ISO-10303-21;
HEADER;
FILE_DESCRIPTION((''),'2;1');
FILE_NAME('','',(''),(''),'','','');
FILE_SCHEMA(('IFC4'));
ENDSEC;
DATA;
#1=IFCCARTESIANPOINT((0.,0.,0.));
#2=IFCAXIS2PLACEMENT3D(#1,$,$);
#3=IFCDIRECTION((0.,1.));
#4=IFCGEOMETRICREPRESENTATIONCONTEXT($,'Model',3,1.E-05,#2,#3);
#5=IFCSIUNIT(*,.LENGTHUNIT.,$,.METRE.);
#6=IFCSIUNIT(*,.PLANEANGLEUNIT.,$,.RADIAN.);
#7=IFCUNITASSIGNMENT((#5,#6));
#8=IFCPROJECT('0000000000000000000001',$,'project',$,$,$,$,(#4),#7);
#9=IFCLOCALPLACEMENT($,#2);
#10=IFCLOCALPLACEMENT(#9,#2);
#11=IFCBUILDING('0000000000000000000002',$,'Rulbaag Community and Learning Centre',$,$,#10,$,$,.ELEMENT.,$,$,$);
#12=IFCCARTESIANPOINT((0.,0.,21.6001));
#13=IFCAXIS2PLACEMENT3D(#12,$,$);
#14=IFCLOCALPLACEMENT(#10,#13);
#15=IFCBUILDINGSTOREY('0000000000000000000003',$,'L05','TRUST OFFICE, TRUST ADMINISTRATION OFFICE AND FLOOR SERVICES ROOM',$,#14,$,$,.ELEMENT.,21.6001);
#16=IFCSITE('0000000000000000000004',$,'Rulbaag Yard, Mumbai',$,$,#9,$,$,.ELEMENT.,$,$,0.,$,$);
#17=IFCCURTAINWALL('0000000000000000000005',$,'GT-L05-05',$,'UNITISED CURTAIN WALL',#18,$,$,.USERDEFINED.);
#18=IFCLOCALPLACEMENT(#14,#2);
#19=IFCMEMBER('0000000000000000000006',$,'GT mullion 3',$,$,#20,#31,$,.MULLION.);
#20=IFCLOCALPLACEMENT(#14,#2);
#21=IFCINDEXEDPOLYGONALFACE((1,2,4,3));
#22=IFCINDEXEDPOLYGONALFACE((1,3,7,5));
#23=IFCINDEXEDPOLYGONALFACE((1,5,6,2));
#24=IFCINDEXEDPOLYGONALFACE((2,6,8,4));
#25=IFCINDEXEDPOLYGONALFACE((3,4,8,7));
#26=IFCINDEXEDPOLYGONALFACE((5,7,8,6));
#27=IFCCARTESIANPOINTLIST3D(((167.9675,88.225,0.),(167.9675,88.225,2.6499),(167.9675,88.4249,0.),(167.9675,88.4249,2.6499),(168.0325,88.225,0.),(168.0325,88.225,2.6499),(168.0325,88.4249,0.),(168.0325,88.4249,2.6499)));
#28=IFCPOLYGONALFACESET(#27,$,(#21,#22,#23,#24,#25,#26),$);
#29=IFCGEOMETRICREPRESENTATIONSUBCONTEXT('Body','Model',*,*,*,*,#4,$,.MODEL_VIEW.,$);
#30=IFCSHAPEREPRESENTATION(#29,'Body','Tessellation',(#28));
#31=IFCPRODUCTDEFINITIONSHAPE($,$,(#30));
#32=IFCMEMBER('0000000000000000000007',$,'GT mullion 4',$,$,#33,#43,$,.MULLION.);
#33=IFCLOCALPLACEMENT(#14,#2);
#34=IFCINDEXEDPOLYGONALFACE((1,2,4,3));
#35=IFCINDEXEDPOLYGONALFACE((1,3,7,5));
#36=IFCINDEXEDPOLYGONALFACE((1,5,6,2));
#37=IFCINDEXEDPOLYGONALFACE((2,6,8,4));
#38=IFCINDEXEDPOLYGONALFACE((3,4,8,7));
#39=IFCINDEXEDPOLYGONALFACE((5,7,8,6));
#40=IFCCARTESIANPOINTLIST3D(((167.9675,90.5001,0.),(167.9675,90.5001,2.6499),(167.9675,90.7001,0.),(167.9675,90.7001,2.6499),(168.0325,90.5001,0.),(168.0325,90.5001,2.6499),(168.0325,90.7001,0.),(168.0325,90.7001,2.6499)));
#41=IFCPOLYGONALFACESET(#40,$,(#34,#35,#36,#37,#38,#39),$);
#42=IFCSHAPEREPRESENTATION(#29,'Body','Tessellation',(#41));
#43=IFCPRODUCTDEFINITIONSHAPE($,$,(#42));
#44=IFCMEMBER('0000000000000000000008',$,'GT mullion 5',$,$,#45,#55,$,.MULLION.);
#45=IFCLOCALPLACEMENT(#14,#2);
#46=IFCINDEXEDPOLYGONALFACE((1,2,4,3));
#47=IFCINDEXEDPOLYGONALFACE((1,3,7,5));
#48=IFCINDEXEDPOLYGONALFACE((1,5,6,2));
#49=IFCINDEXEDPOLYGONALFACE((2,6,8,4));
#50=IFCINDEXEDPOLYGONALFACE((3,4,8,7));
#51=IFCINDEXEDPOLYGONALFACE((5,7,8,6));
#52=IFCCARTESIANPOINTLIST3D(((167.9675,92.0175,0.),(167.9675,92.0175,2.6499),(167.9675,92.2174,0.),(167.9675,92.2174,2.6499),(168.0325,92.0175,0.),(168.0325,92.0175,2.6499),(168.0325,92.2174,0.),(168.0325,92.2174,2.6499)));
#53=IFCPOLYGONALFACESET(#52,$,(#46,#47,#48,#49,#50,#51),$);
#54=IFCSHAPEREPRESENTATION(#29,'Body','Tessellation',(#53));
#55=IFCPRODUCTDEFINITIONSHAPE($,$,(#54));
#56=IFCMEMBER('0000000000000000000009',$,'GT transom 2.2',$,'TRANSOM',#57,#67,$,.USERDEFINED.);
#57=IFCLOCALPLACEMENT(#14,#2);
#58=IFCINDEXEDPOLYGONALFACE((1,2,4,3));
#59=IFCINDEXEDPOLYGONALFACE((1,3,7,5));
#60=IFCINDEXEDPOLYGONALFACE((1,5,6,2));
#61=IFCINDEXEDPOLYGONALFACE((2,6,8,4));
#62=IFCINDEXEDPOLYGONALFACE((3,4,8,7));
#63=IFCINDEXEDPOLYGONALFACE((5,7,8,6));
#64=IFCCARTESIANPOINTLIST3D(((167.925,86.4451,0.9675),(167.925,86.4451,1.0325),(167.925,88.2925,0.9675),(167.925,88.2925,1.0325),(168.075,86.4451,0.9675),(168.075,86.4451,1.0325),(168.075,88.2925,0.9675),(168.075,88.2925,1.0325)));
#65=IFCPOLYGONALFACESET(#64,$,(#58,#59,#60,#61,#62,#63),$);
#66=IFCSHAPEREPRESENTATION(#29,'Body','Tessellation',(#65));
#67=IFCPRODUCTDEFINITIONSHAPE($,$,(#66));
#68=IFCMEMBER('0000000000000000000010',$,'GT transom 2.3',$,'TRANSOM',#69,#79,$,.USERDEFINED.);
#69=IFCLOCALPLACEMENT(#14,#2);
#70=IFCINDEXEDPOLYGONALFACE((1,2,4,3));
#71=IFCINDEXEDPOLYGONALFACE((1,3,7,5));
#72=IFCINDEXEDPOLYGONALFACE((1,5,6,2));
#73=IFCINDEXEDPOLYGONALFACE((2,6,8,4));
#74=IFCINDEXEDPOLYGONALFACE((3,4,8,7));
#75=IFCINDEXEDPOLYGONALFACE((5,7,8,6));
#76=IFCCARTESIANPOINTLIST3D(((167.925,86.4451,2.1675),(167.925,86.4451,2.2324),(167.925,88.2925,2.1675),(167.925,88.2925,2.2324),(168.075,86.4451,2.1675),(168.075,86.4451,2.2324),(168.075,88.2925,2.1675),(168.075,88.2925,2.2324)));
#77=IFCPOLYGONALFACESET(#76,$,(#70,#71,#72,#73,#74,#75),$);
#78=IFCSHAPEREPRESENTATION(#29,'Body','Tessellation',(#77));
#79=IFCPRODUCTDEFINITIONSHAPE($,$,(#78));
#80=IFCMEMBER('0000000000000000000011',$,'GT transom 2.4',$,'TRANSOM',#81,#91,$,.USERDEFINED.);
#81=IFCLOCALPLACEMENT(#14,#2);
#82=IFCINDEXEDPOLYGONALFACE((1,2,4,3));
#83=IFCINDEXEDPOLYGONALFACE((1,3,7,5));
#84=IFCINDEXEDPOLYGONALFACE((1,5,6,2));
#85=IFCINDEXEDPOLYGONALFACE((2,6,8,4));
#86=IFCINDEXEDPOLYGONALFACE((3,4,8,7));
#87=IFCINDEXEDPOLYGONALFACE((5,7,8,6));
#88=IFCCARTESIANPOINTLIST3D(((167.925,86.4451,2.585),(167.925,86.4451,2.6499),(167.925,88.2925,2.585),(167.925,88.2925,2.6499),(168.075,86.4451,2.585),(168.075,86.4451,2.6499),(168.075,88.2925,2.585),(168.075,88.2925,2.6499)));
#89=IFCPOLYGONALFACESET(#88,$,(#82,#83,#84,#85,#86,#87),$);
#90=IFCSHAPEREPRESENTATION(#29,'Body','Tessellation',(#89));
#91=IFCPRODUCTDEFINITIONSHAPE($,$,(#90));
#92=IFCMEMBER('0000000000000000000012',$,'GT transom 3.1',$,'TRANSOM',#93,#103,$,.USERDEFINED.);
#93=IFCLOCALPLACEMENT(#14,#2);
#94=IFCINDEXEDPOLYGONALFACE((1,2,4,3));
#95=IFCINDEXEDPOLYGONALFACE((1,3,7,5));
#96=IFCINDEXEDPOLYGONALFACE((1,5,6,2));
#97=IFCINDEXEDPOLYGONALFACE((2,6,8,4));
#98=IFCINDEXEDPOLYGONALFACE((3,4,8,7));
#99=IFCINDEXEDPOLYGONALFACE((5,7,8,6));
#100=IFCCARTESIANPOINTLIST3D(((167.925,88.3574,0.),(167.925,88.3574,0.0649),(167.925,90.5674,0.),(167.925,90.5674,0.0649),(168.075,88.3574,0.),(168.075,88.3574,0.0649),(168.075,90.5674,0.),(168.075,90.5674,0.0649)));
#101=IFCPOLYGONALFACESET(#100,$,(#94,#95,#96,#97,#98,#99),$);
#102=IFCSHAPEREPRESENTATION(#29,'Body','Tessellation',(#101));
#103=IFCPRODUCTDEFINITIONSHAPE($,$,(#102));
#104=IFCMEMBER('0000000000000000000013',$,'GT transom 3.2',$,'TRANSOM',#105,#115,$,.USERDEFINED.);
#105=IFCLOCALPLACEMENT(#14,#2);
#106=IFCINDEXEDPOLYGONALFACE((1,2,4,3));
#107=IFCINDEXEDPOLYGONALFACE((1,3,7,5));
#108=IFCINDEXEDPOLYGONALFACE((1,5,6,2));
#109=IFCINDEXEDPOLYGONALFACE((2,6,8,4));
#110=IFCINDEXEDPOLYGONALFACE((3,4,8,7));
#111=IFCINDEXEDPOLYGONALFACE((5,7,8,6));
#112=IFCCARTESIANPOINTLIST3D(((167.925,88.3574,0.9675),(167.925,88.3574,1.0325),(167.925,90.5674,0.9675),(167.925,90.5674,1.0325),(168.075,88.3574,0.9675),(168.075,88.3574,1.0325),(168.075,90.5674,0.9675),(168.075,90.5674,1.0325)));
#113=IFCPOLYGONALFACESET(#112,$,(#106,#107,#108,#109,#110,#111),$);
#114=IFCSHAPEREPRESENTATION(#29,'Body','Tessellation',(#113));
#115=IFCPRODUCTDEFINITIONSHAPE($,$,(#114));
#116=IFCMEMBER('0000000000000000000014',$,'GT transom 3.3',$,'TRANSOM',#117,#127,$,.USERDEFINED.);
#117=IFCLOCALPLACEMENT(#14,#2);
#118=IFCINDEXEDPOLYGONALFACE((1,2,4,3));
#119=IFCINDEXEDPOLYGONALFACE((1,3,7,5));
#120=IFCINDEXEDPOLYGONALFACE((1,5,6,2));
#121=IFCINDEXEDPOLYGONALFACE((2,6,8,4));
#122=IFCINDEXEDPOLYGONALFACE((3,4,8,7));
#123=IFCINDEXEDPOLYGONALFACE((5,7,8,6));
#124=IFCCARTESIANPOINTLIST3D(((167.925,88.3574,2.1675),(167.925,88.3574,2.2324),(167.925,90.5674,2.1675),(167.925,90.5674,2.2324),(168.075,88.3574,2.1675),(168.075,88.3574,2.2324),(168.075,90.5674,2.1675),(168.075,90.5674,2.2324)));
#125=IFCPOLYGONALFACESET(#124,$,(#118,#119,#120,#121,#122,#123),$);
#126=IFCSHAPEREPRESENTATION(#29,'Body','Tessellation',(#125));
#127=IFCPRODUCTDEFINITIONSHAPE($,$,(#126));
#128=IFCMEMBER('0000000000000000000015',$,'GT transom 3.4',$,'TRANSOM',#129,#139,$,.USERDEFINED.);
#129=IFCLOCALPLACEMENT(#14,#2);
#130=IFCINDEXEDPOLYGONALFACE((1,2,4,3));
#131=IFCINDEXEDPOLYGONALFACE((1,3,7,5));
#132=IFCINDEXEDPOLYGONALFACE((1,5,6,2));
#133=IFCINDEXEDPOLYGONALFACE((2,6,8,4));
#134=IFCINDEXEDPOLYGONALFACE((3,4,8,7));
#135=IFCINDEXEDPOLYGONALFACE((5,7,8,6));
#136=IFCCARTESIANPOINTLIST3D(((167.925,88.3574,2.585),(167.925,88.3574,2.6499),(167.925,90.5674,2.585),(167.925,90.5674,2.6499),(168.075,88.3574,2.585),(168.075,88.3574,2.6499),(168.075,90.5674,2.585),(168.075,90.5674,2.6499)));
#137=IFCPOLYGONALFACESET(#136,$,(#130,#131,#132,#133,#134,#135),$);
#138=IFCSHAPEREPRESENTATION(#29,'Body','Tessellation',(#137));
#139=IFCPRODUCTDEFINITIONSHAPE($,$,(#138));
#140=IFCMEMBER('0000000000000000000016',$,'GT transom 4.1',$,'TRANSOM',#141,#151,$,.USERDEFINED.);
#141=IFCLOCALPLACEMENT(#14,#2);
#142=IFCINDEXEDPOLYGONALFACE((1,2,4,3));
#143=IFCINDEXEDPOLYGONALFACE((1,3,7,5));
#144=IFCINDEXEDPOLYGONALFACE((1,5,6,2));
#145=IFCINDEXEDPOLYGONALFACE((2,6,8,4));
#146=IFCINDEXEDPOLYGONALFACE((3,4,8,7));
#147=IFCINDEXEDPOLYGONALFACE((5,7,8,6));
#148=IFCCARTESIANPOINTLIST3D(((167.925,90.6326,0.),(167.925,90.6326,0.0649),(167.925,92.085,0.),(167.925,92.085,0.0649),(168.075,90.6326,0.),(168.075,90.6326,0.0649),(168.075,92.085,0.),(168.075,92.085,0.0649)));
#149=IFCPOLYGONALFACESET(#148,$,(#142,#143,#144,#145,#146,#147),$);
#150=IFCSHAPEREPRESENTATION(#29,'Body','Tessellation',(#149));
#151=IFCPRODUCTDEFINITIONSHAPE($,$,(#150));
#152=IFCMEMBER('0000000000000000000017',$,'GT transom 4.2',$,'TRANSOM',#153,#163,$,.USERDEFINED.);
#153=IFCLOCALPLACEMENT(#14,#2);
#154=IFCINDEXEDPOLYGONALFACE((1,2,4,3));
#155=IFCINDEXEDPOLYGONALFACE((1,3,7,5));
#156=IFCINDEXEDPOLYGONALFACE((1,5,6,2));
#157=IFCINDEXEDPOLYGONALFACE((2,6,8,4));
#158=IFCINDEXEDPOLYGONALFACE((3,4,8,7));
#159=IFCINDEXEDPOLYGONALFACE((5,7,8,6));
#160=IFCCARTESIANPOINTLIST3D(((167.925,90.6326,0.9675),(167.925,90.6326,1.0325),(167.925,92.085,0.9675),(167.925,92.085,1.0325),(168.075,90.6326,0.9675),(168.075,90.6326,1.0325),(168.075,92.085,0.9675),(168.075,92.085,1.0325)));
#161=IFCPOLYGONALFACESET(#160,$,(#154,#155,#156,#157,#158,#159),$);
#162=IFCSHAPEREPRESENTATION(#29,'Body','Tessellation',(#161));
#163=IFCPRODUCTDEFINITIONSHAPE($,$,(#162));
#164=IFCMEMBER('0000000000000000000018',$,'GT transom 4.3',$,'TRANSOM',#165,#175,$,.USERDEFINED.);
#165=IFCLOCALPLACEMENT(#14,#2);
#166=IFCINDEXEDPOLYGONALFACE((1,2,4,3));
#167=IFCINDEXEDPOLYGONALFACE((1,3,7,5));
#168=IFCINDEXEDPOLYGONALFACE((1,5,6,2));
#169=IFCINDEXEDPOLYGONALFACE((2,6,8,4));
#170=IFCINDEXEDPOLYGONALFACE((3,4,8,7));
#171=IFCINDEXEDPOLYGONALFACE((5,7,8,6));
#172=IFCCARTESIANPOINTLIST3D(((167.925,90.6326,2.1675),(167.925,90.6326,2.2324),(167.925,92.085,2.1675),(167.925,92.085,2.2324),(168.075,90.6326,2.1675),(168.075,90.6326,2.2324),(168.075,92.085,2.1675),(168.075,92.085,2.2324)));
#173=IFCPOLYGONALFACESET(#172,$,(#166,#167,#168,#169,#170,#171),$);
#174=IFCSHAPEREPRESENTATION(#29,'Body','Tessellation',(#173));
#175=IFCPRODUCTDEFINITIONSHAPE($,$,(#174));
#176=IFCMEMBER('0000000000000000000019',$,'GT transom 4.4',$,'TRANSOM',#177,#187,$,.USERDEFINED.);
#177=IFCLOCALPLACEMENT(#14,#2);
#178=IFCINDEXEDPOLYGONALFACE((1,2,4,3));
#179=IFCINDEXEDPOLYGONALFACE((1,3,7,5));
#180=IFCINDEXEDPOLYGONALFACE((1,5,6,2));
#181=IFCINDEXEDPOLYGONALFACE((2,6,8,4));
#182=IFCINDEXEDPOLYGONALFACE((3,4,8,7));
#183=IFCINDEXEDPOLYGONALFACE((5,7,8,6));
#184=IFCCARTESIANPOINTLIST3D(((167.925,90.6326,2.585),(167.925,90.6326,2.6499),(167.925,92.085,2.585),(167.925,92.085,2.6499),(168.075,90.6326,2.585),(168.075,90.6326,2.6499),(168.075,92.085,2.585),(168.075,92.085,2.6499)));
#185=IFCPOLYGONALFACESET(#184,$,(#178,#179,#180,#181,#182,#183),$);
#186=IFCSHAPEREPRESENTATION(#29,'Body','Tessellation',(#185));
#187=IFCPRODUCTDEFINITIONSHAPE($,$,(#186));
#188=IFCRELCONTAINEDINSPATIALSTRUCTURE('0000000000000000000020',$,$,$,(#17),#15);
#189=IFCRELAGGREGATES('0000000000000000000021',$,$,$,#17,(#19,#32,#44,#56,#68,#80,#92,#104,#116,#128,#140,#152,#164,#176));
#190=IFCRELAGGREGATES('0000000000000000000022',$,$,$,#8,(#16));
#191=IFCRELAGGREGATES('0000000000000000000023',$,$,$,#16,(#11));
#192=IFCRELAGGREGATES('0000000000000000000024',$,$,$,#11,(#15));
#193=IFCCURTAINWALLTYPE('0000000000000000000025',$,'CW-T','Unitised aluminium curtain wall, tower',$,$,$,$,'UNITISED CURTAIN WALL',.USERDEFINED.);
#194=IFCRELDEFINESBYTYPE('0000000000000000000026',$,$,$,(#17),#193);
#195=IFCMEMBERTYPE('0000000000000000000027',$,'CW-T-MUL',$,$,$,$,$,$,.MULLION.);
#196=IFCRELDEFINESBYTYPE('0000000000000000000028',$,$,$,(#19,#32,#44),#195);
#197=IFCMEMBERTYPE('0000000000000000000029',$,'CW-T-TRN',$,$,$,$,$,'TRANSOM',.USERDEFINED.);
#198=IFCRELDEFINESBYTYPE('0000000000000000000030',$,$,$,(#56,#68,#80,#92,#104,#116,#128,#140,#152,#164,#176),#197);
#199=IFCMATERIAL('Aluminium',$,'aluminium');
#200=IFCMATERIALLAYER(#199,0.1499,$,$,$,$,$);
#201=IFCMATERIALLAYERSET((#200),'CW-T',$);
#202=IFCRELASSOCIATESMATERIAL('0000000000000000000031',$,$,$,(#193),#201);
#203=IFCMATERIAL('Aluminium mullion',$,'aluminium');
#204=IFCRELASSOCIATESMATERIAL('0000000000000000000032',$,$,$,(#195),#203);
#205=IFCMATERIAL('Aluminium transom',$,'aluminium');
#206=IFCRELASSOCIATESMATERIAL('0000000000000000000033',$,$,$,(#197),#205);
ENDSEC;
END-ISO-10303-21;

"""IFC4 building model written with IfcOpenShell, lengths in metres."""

from ifc_helpers import new_model, si_unit, direction, frame, origin, origin_2d, place, context, subcontext, project, spatial, rectangle, extrude, material, layer, layer_set, material_profile, profile_set, type_object, element, aggregate, save


model = new_model("IFC4")

# Units and contexts
model_context = context("Model", 3, precision=1e-05, world=origin(), true_north=direction((0.0, 1.0)))
body_context = subcontext(model_context, "Body", "Model", "MODEL_VIEW")
ifc_project = project(units=[si_unit("LENGTHUNIT", "METRE"), si_unit("PLANEANGLEUNIT", "RADIAN")], contexts=[model_context])

# Site, building, storey
site_placement = place(None, origin())
site = spatial("IfcSite", under=ifc_project, at=site_placement, Name="Rulbaag Yard, Mumbai", CompositionType="ELEMENT", RefElevation=0.0)
building_placement = place(site_placement, origin())
building = spatial("IfcBuilding", under=site, at=building_placement, Name="Rulbaag Community and Learning Centre", CompositionType="ELEMENT")
storey_placement = place(building_placement, frame((0.0, 0.0, 21.6001)))
storey = spatial("IfcBuildingStorey", under=building, at=storey_placement, Name="L05", Description="TRUST OFFICE, TRUST ADMINISTRATION OFFICE AND FLOOR SERVICES ROOM", CompositionType="ELEMENT", Elevation=21.6001)

# Curtain wall, members
ifc_material_1 = material(Name="Aluminium", Category="aluminium")
ifc_layer_1 = layer(ifc_material_1, 0.1499)
ifc_layer_set_1 = layer_set([ifc_layer_1], Name="CW-T")
curtain_wall_type = type_object("IfcCurtainWallType", Name="CW-T", Description="Unitised aluminium curtain wall, tower", ElementType="UNITISED CURTAIN WALL", PredefinedType="USERDEFINED", material=ifc_layer_set_1)
curtain_wall_placement = place(storey_placement, origin())
curtain_wall = element("IfcCurtainWall", 1, at=curtain_wall_placement, inside=storey, type_object=curtain_wall_type, Name="GT-L05-05", ObjectType="UNITISED CURTAIN WALL", PredefinedType="USERDEFINED")
ifc_material_2 = material(Name="Aluminium mullion", Category="aluminium")
ifc_material_profile_1 = material_profile(ifc_material_2, rectangle(XDim=0.0649, YDim=0.2, at=origin_2d()), Name="AL 65x200")
ifc_profile_set_1 = profile_set([ifc_material_profile_1], Name="Aluminium mullion")
member_type_1 = type_object("IfcMemberType", Name="CW-T-MUL", PredefinedType="MULLION", material=ifc_profile_set_1)
member_1_placement = place(storey_placement, frame((168.0, 88.325, 0.0), z_axis=(0.0, 0.0, 1.0), x_axis=(-1.0, 0.0, 0.0)))
member_1 = element("IfcMember", 2, at=member_1_placement, type_object=member_type_1, Name="GT mullion 3", PredefinedType="MULLION", context=body_context, shape_type="SweptSolid", body=[
    extrude(rectangle(XDim=0.0649, YDim=0.2, at=origin_2d()), origin(), (0.0, 0.0, 1.0), 2.6499),
])
member_2_placement = place(storey_placement, frame((168.0, 90.6001, 0.0), z_axis=(0.0, 0.0, 1.0), x_axis=(-1.0, 0.0, 0.0)))
member_2 = element("IfcMember", 3, at=member_2_placement, type_object=member_type_1, Name="GT mullion 4", PredefinedType="MULLION", context=body_context, shape_type="SweptSolid", body=[
    extrude(rectangle(XDim=0.0649, YDim=0.2, at=origin_2d()), origin(), (0.0, 0.0, 1.0), 2.6499),
])
member_3_placement = place(storey_placement, frame((168.0, 92.1174, 0.0), z_axis=(0.0, 0.0, 1.0), x_axis=(-1.0, 0.0, 0.0)))
member_3 = element("IfcMember", 4, at=member_3_placement, type_object=member_type_1, Name="GT mullion 5", PredefinedType="MULLION", context=body_context, shape_type="SweptSolid", body=[
    extrude(rectangle(XDim=0.0649, YDim=0.2, at=origin_2d()), origin(), (0.0, 0.0, 1.0), 2.6499),
])
ifc_material_3 = material(Name="Aluminium transom", Category="aluminium")
ifc_material_profile_2 = material_profile(ifc_material_3, rectangle(XDim=0.1499, YDim=0.0649, at=origin_2d()), Name="AL 65x150 T")
ifc_profile_set_2 = profile_set([ifc_material_profile_2], Name="Aluminium transom")
member_type_2 = type_object("IfcMemberType", Name="CW-T-TRN", ElementType="TRANSOM", PredefinedType="USERDEFINED", material=ifc_profile_set_2)
member_4_placement = place(storey_placement, frame((168.0, 86.4451, 1.0), z_axis=(0.0, 1.0, 0.0), x_axis=(-1.0, 0.0, 0.0)))
member_4 = element("IfcMember", 5, at=member_4_placement, type_object=member_type_2, Name="GT transom 2.2", ObjectType="TRANSOM", PredefinedType="USERDEFINED", context=body_context, shape_type="SweptSolid", body=[
    extrude(rectangle(XDim=0.1499, YDim=0.0649, at=origin_2d()), origin(), (0.0, 0.0, 1.0), 1.8474),
])
member_5_placement = place(storey_placement, frame((168.0, 86.4451, 2.2), z_axis=(0.0, 1.0, 0.0), x_axis=(-1.0, 0.0, 0.0)))
member_5 = element("IfcMember", 6, at=member_5_placement, type_object=member_type_2, Name="GT transom 2.3", ObjectType="TRANSOM", PredefinedType="USERDEFINED", context=body_context, shape_type="SweptSolid", body=[
    extrude(rectangle(XDim=0.1499, YDim=0.0649, at=origin_2d()), origin(), (0.0, 0.0, 1.0), 1.8474),
])
member_6_placement = place(storey_placement, frame((168.0, 86.4451, 2.6174), z_axis=(0.0, 1.0, 0.0), x_axis=(-1.0, 0.0, 0.0)))
member_6 = element("IfcMember", 7, at=member_6_placement, type_object=member_type_2, Name="GT transom 2.4", ObjectType="TRANSOM", PredefinedType="USERDEFINED", context=body_context, shape_type="SweptSolid", body=[
    extrude(rectangle(XDim=0.1499, YDim=0.0649, at=origin_2d()), origin(), (0.0, 0.0, 1.0), 1.8474),
])
member_7_placement = place(storey_placement, frame((168.0, 88.3574, 0.0325), z_axis=(0.0, 1.0, 0.0), x_axis=(-1.0, 0.0, 0.0)))
member_7 = element("IfcMember", 8, at=member_7_placement, type_object=member_type_2, Name="GT transom 3.1", ObjectType="TRANSOM", PredefinedType="USERDEFINED", context=body_context, shape_type="SweptSolid", body=[
    extrude(rectangle(XDim=0.1499, YDim=0.0649, at=origin_2d()), origin(), (0.0, 0.0, 1.0), 2.21),
])
member_8_placement = place(storey_placement, frame((168.0, 88.3574, 1.0), z_axis=(0.0, 1.0, 0.0), x_axis=(-1.0, 0.0, 0.0)))
member_8 = element("IfcMember", 9, at=member_8_placement, type_object=member_type_2, Name="GT transom 3.2", ObjectType="TRANSOM", PredefinedType="USERDEFINED", context=body_context, shape_type="SweptSolid", body=[
    extrude(rectangle(XDim=0.1499, YDim=0.0649, at=origin_2d()), origin(), (0.0, 0.0, 1.0), 2.21),
])
member_9_placement = place(storey_placement, frame((168.0, 88.3574, 2.2), z_axis=(0.0, 1.0, 0.0), x_axis=(-1.0, 0.0, 0.0)))
member_9 = element("IfcMember", 10, at=member_9_placement, type_object=member_type_2, Name="GT transom 3.3", ObjectType="TRANSOM", PredefinedType="USERDEFINED", context=body_context, shape_type="SweptSolid", body=[
    extrude(rectangle(XDim=0.1499, YDim=0.0649, at=origin_2d()), origin(), (0.0, 0.0, 1.0), 2.21),
])
member_10_placement = place(storey_placement, frame((168.0, 88.3574, 2.6174), z_axis=(0.0, 1.0, 0.0), x_axis=(-1.0, 0.0, 0.0)))
member_10 = element("IfcMember", 11, at=member_10_placement, type_object=member_type_2, Name="GT transom 3.4", ObjectType="TRANSOM", PredefinedType="USERDEFINED", context=body_context, shape_type="SweptSolid", body=[
    extrude(rectangle(XDim=0.1499, YDim=0.0649, at=origin_2d()), origin(), (0.0, 0.0, 1.0), 2.21),
])
member_11_placement = place(storey_placement, frame((168.0, 90.6326, 0.0325), z_axis=(0.0, 1.0, 0.0), x_axis=(-1.0, 0.0, 0.0)))
member_11 = element("IfcMember", 12, at=member_11_placement, type_object=member_type_2, Name="GT transom 4.1", ObjectType="TRANSOM", PredefinedType="USERDEFINED", context=body_context, shape_type="SweptSolid", body=[
    extrude(rectangle(XDim=0.1499, YDim=0.0649, at=origin_2d()), origin(), (0.0, 0.0, 1.0), 1.4524),
])
member_12_placement = place(storey_placement, frame((168.0, 90.6326, 1.0), z_axis=(0.0, 1.0, 0.0), x_axis=(-1.0, 0.0, 0.0)))
member_12 = element("IfcMember", 13, at=member_12_placement, type_object=member_type_2, Name="GT transom 4.2", ObjectType="TRANSOM", PredefinedType="USERDEFINED", context=body_context, shape_type="SweptSolid", body=[
    extrude(rectangle(XDim=0.1499, YDim=0.0649, at=origin_2d()), origin(), (0.0, 0.0, 1.0), 1.4524),
])
member_13_placement = place(storey_placement, frame((168.0, 90.6326, 2.2), z_axis=(0.0, 1.0, 0.0), x_axis=(-1.0, 0.0, 0.0)))
member_13 = element("IfcMember", 14, at=member_13_placement, type_object=member_type_2, Name="GT transom 4.3", ObjectType="TRANSOM", PredefinedType="USERDEFINED", context=body_context, shape_type="SweptSolid", body=[
    extrude(rectangle(XDim=0.1499, YDim=0.0649, at=origin_2d()), origin(), (0.0, 0.0, 1.0), 1.4524),
])
member_14_placement = place(storey_placement, frame((168.0, 90.6326, 2.6174), z_axis=(0.0, 1.0, 0.0), x_axis=(-1.0, 0.0, 0.0)))
member_14 = element("IfcMember", 15, at=member_14_placement, type_object=member_type_2, Name="GT transom 4.4", ObjectType="TRANSOM", PredefinedType="USERDEFINED", context=body_context, shape_type="SweptSolid", body=[
    extrude(rectangle(XDim=0.1499, YDim=0.0649, at=origin_2d()), origin(), (0.0, 0.0, 1.0), 1.4524),
])
aggregate(curtain_wall, [member_1, member_2, member_3, member_4, member_5, member_6, member_7, member_8, member_9, member_10, member_11, member_12, member_13, member_14])

save(model, "model.ifc")
